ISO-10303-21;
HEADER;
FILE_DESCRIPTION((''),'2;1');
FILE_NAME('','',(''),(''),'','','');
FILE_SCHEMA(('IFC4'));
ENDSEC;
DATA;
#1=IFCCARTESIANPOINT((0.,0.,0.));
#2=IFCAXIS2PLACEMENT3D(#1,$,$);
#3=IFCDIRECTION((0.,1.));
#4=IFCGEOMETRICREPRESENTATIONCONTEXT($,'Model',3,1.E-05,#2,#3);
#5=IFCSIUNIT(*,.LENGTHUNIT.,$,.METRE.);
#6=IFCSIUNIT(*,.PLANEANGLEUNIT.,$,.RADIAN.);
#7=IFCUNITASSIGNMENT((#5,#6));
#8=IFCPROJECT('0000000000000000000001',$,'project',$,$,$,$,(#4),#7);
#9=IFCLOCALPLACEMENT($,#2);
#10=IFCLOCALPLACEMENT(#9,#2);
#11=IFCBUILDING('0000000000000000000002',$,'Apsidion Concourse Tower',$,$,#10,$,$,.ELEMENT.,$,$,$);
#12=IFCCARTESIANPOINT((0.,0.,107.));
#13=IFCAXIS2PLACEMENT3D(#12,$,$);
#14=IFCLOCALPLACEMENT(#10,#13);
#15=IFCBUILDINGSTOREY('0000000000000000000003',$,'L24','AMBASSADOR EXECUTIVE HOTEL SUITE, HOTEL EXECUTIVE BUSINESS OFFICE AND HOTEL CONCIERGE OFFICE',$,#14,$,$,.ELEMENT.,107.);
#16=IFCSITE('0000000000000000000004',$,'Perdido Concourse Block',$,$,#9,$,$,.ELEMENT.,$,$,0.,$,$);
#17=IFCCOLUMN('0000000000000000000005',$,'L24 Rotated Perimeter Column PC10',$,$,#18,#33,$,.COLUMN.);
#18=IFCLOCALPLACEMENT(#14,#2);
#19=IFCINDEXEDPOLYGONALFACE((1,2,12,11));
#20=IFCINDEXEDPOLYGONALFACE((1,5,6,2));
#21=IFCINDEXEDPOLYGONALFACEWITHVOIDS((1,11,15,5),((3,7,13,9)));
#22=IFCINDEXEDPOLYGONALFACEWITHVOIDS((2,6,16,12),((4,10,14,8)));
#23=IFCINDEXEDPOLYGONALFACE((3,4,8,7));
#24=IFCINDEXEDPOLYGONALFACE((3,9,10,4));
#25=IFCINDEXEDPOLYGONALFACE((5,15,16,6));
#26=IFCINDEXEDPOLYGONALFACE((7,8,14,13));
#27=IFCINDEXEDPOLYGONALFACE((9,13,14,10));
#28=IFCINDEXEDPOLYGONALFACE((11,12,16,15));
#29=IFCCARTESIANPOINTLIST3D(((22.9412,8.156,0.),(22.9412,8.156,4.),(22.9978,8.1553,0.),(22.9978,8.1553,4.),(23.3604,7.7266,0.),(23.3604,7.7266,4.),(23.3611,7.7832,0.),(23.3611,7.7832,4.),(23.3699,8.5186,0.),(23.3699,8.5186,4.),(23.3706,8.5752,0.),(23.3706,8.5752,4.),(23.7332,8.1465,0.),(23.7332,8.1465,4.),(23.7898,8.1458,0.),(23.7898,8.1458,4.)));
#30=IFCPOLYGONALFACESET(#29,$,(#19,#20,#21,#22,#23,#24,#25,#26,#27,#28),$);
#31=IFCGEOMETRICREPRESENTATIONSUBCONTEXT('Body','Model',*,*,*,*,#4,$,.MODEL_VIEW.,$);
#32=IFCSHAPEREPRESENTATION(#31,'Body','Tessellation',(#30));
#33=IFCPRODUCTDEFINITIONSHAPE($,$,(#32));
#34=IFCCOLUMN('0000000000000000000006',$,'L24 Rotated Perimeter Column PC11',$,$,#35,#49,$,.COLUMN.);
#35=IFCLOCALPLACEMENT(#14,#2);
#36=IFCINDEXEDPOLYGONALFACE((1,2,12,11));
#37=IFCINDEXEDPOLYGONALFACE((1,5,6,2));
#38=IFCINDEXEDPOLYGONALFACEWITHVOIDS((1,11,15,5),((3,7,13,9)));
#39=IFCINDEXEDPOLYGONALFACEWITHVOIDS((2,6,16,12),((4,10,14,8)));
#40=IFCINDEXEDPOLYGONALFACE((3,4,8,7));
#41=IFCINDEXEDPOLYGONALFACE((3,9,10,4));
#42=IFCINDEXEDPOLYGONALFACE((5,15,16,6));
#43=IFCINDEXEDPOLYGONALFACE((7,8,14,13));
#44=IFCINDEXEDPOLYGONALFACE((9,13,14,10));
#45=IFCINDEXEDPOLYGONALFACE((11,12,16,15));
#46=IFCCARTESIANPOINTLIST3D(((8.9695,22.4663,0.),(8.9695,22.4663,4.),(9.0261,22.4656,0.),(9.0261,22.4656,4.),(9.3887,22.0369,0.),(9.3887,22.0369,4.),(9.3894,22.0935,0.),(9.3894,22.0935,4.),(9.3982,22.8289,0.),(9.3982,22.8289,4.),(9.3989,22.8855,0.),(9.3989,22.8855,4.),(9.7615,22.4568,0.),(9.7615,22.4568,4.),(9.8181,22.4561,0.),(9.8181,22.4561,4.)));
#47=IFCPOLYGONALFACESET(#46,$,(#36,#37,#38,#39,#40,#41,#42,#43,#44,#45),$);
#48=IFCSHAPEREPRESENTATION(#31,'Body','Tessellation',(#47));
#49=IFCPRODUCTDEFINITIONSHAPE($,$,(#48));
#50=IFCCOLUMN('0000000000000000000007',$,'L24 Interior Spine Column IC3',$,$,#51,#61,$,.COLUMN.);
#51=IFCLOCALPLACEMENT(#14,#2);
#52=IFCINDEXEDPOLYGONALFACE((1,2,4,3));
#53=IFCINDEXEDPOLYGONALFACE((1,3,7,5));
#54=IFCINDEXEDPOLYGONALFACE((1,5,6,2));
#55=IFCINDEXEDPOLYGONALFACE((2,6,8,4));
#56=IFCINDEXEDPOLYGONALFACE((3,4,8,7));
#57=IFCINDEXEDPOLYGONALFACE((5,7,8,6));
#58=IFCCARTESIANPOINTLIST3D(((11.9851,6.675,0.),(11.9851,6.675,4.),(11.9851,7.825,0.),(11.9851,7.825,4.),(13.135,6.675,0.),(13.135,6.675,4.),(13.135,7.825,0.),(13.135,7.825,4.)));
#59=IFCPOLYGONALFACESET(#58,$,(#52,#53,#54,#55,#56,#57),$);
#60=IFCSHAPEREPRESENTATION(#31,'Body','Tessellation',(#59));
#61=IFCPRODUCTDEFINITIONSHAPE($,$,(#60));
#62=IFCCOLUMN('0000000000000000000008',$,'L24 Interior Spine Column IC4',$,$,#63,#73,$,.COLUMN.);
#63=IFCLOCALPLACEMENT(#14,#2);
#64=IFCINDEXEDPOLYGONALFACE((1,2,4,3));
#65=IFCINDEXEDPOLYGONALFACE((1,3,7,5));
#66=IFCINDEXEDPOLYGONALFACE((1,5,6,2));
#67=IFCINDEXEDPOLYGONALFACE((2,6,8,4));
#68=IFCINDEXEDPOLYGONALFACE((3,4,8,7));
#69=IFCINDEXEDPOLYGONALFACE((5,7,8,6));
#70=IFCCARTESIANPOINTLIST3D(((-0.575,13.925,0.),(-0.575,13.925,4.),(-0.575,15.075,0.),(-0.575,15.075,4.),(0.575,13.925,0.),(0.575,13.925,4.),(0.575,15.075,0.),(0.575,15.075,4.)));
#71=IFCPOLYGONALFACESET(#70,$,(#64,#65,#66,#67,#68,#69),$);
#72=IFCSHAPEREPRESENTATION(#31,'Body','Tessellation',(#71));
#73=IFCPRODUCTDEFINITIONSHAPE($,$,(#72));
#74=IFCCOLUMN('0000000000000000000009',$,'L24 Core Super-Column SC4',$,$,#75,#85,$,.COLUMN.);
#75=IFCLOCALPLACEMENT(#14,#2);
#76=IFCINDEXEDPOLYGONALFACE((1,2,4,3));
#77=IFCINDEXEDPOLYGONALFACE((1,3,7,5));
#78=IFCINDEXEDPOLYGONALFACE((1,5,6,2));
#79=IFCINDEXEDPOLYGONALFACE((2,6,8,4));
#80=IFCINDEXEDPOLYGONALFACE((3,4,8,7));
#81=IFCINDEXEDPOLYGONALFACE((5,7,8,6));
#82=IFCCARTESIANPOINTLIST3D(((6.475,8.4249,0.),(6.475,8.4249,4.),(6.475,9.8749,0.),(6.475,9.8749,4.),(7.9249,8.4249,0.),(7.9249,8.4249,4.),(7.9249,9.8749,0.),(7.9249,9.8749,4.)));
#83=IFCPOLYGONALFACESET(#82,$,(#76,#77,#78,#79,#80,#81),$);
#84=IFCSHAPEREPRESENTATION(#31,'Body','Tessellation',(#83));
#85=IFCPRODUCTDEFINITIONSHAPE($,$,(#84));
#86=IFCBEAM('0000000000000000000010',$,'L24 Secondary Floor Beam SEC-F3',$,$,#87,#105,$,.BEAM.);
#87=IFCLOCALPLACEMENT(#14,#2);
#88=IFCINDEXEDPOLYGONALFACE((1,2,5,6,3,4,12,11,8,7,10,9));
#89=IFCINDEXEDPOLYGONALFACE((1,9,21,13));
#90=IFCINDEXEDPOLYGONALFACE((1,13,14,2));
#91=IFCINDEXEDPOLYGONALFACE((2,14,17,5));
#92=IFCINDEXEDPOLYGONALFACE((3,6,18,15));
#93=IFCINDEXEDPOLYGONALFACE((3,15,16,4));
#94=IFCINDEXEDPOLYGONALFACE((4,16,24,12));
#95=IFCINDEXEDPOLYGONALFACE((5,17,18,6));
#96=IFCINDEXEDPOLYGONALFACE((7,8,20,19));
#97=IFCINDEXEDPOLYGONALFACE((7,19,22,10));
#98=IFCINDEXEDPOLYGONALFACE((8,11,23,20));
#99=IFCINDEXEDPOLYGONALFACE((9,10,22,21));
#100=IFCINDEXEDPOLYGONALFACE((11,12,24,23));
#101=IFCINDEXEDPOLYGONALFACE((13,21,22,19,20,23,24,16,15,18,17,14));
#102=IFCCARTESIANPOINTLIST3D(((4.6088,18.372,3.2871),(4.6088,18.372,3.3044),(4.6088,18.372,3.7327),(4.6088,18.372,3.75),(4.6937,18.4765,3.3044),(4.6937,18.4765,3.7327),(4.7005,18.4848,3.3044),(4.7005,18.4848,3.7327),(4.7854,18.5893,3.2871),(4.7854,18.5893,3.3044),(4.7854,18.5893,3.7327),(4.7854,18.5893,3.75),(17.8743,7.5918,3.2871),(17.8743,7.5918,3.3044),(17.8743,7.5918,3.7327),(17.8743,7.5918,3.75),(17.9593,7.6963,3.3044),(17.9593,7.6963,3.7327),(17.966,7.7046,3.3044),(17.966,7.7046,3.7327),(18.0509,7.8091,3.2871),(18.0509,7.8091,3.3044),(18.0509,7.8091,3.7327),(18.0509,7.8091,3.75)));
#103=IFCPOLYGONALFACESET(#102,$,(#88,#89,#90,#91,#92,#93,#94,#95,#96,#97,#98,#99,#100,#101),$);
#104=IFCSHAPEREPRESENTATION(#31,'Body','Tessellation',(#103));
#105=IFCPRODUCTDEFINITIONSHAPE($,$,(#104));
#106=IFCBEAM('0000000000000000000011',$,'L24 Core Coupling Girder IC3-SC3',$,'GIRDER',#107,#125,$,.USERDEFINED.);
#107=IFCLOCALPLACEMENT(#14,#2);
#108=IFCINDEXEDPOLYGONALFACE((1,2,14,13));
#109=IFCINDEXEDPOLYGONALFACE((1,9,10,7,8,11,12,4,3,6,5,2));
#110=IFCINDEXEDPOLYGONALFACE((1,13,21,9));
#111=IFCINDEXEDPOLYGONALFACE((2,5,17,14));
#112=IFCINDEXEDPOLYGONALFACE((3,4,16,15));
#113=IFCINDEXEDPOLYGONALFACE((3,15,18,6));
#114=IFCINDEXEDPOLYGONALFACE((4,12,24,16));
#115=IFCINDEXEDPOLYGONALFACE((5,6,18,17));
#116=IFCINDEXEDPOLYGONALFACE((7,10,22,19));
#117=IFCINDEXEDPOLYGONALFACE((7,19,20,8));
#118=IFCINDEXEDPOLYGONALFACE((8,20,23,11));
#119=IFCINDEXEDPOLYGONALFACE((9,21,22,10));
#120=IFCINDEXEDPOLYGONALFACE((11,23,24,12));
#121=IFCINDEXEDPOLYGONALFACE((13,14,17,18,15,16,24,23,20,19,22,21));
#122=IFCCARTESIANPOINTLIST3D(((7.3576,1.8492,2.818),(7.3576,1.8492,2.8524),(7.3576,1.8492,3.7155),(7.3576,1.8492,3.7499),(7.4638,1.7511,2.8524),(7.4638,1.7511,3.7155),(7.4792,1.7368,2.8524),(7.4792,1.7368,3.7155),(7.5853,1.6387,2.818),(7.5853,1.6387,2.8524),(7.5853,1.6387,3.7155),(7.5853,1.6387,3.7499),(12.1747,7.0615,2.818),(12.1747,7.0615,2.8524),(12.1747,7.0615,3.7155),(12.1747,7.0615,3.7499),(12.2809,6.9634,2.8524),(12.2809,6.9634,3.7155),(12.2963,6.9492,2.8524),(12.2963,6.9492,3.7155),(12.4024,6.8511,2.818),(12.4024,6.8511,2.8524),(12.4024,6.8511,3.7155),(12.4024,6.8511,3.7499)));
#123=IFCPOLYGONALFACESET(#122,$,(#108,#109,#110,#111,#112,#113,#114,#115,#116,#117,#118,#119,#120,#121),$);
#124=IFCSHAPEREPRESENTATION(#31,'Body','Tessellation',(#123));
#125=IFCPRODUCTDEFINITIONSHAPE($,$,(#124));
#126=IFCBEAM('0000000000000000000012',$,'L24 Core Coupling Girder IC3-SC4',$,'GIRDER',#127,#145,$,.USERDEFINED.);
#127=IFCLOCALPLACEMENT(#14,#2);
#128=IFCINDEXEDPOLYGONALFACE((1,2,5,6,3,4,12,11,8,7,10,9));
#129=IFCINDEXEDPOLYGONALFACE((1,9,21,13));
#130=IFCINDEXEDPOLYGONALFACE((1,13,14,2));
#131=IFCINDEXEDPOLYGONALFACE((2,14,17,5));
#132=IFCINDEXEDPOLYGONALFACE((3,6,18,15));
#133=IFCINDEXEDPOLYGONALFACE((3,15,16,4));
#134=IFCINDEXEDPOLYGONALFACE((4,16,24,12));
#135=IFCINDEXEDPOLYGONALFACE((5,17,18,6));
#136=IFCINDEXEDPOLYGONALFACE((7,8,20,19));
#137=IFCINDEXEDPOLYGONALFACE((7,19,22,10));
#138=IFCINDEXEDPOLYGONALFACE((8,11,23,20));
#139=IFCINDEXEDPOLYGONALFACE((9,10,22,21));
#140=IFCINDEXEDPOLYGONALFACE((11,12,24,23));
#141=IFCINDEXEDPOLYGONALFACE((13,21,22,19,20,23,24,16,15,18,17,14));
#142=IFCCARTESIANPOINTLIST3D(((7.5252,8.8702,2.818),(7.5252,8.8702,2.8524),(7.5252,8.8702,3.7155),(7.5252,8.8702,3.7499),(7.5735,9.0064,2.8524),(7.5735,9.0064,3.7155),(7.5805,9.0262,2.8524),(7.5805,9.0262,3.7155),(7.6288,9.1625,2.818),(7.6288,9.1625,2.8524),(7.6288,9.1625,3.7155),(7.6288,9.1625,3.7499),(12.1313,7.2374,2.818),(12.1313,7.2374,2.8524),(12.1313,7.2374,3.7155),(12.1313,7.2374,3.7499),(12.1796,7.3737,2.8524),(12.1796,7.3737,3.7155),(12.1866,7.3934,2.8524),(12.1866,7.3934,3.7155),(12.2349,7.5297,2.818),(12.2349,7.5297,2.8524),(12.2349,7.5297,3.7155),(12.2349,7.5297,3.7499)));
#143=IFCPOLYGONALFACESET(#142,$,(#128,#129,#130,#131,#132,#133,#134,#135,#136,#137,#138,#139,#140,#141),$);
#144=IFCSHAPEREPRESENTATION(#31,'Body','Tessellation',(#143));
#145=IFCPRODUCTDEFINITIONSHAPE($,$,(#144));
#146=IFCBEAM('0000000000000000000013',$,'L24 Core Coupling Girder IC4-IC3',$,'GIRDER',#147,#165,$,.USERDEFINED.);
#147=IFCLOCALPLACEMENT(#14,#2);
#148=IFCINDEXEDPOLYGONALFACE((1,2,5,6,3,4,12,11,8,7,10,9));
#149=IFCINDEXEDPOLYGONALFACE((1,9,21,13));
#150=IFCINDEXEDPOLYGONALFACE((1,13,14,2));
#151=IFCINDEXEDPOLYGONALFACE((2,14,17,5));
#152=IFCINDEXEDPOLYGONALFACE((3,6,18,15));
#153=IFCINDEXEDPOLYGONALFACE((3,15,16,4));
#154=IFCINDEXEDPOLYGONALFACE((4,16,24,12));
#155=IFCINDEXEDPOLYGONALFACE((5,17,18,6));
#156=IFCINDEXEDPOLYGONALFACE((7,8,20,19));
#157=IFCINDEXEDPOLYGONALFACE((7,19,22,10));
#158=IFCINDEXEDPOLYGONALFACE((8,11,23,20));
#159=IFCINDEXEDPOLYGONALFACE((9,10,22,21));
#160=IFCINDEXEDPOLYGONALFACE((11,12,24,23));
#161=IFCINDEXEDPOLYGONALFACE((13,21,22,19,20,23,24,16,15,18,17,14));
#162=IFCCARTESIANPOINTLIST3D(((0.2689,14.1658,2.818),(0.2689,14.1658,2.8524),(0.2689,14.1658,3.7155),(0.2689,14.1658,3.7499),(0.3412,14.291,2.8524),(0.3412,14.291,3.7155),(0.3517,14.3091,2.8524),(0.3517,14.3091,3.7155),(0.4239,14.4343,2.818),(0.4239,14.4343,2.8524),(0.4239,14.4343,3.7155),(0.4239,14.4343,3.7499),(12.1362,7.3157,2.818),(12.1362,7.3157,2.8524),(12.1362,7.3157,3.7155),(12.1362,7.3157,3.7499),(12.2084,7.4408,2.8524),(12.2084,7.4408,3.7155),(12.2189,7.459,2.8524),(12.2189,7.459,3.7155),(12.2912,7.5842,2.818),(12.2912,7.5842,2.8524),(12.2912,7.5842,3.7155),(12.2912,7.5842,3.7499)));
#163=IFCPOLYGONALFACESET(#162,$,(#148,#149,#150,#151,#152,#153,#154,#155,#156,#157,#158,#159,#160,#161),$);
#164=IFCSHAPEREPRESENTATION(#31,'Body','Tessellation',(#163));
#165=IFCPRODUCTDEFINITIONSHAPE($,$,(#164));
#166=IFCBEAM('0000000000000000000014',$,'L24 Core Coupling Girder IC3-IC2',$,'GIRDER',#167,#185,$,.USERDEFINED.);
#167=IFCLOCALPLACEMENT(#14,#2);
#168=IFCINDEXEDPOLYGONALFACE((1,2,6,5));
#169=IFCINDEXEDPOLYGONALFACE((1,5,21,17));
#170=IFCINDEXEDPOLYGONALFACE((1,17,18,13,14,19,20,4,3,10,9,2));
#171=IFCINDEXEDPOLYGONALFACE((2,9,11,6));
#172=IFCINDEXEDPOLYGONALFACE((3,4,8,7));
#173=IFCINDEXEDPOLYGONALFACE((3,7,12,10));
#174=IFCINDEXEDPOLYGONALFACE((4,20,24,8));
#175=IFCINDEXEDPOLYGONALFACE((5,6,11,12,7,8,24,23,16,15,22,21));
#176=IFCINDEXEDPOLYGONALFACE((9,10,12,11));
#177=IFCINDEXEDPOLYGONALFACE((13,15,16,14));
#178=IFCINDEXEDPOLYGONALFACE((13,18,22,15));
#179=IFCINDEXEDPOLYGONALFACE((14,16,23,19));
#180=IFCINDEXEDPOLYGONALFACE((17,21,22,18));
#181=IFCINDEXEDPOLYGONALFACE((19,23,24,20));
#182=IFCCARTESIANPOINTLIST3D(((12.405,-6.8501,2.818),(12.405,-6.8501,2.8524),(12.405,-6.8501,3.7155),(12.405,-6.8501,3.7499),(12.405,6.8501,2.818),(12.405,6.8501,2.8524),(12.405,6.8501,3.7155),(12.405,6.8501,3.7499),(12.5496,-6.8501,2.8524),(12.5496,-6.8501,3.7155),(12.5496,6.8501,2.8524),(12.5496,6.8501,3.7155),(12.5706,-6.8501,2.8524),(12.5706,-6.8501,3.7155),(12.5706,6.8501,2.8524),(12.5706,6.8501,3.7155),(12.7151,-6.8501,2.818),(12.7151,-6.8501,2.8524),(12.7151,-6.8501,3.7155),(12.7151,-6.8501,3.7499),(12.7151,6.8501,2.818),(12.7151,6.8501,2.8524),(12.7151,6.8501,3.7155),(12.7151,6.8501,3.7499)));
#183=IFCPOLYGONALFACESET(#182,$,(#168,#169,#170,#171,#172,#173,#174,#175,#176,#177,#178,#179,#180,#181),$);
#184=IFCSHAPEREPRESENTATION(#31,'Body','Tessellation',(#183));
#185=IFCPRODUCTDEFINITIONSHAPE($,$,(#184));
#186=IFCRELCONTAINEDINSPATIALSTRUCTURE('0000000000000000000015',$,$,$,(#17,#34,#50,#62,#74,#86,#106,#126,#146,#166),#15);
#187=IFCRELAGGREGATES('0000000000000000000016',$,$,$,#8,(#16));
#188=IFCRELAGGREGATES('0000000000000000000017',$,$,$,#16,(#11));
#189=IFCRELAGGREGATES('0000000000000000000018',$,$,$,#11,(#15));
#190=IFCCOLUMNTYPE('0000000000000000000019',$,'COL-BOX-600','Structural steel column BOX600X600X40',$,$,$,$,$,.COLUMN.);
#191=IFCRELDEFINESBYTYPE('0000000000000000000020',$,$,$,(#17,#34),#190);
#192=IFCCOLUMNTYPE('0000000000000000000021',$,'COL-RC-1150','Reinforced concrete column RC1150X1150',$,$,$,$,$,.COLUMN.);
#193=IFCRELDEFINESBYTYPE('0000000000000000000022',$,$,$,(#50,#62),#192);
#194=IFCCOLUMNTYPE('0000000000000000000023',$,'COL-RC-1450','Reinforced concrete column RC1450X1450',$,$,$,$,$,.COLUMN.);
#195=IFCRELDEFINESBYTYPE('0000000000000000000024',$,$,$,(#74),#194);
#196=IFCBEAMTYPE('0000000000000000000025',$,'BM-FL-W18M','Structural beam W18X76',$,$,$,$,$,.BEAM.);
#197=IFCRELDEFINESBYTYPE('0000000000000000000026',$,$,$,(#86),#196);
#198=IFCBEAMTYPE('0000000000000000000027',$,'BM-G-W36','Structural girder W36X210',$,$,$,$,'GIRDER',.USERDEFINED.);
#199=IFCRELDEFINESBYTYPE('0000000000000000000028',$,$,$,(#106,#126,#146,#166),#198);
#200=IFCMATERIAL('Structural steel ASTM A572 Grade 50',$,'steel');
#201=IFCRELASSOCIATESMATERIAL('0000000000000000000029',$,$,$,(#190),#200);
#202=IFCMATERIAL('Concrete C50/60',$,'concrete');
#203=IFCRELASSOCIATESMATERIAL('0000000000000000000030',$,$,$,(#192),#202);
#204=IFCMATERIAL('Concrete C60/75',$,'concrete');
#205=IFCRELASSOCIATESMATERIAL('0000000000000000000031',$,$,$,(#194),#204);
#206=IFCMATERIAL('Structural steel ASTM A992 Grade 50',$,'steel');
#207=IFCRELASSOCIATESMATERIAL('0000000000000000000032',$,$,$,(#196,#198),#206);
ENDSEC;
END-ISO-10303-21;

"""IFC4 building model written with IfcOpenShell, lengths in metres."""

from ifc_helpers import new_model, si_unit, direction, frame, origin, origin_2d, place, context, subcontext, project, spatial, rectangle, hollow_rectangle, i_section, extrude, material, material_profile, profile_set, type_object, element, save


model = new_model("IFC4")

# Units and contexts
model_context = context("Model", 3, precision=1e-05, world=origin(), true_north=direction((0.0, 1.0)))
body_context = subcontext(model_context, "Body", "Model", "MODEL_VIEW")
ifc_project = project(units=[si_unit("LENGTHUNIT", "METRE"), si_unit("PLANEANGLEUNIT", "RADIAN")], contexts=[model_context])

# Site, building, storey
site_placement = place(None, origin())
site = spatial("IfcSite", under=ifc_project, at=site_placement, Name="Perdido Concourse Block", CompositionType="ELEMENT", RefElevation=0.0)
building_placement = place(site_placement, origin())
building = spatial("IfcBuilding", under=site, at=building_placement, Name="Apsidion Concourse Tower", CompositionType="ELEMENT")
storey_placement = place(building_placement, frame((0.0, 0.0, 107.0)))
storey = spatial("IfcBuildingStorey", under=building, at=storey_placement, Name="L24", Description="AMBASSADOR EXECUTIVE HOTEL SUITE, HOTEL EXECUTIVE BUSINESS OFFICE AND HOTEL CONCIERGE OFFICE", CompositionType="ELEMENT", Elevation=107.0)

# Columns
ifc_material_1 = material(Name="Structural steel ASTM A572 Grade 50", Category="steel")
ifc_material_profile_1 = material_profile(ifc_material_1, hollow_rectangle(XDim=0.6001, YDim=0.6001, WallThickness=0.04, at=origin_2d()), Name="BOX600X600X40")
ifc_profile_set_1 = profile_set([ifc_material_profile_1], Name="Structural steel ASTM A572 Grade 50")
column_type_1 = type_object("IfcColumnType", Name="COL-BOX-600", Description="Structural steel column BOX600X600X40", PredefinedType="COLUMN", material=ifc_profile_set_1)
for number, where, z_axis, x_axis, name in (
    (1, (23.3655, 8.1509, 0.0), (0.0, 0.0, 1.0), (-0.69854, 0.715571, 0.0), "L24 Rotated Perimeter Column PC10"),
    (2, (9.3938, 22.4612, 0.0), (0.0, 0.0, 1.0), (-0.69854, 0.715571, 0.0), "L24 Rotated Perimeter Column PC11"),
):
    element("IfcColumn", number, at=place(storey_placement, frame(where, z_axis=z_axis, x_axis=x_axis)), inside=storey, type_object=column_type_1, Name=name, PredefinedType="COLUMN", context=body_context, shape_type="SweptSolid", body=[
        extrude(hollow_rectangle(XDim=0.6001, YDim=0.6001, WallThickness=0.04, at=origin_2d()), origin(), (0.0, 0.0, 1.0), 4.0),
    ])
ifc_material_2 = material(Name="Concrete C50/60", Category="concrete")
ifc_material_profile_2 = material_profile(ifc_material_2, rectangle(XDim=1.1499, YDim=1.1499, at=origin_2d()), Name="RC 1150x1150")
ifc_profile_set_2 = profile_set([ifc_material_profile_2], Name="Concrete C50/60")
column_type_2 = type_object("IfcColumnType", Name="COL-RC-1150", Description="Reinforced concrete column RC1150X1150", PredefinedType="COLUMN", material=ifc_profile_set_2)
for number, where, z_axis, x_axis, name in (
    (3, (12.5601, 7.25, 0.0), (0.0, 0.0, 1.0), (1.0, 0.0, 0.0), "L24 Interior Spine Column IC3"),
    (4, (0.0, 14.5, 0.0), (0.0, 0.0, 1.0), (1.0, 0.0, 0.0), "L24 Interior Spine Column IC4"),
):
    element("IfcColumn", number, at=place(storey_placement, frame(where, z_axis=z_axis, x_axis=x_axis)), inside=storey, type_object=column_type_2, Name=name, PredefinedType="COLUMN", context=body_context, shape_type="SweptSolid", body=[
        extrude(rectangle(XDim=1.1499, YDim=1.1499, at=origin_2d()), origin(), (0.0, 0.0, 1.0), 4.0),
    ])
ifc_material_3 = material(Name="Concrete C60/75", Category="concrete")
ifc_material_profile_3 = material_profile(ifc_material_3, rectangle(XDim=1.45, YDim=1.45, at=origin_2d()), Name="RC 1450x1450")
ifc_profile_set_3 = profile_set([ifc_material_profile_3], Name="Concrete C60/75")
column_type_3 = type_object("IfcColumnType", Name="COL-RC-1450", Description="Reinforced concrete column RC1450X1450", PredefinedType="COLUMN", material=ifc_profile_set_3)
column_placement = place(storey_placement, frame((7.2, 9.1499, 0.0), z_axis=(0.0, 0.0, 1.0), x_axis=(1.0, 0.0, 0.0)))
element("IfcColumn", 5, at=column_placement, inside=storey, type_object=column_type_3, Name="L24 Core Super-Column SC4", PredefinedType="COLUMN", context=body_context, shape_type="SweptSolid", body=[
    extrude(rectangle(XDim=1.45, YDim=1.45, at=origin_2d()), origin(), (0.0, 0.0, 1.0), 4.0),
])

# Beams
ifc_material_4 = material(Name="Structural steel ASTM A992 Grade 50", Category="steel")
ifc_material_profile_4 = material_profile(ifc_material_4, i_section(OverallWidth=0.28, OverallDepth=0.4629, WebThickness=0.0107, FlangeThickness=0.0173, at=origin_2d()), Name="W18X76")
ifc_profile_set_4 = profile_set([ifc_material_profile_4], Name="Structural steel ASTM A992 Grade 50")
beam_type_1 = type_object("IfcBeamType", Name="BM-FL-W18M", Description="Structural beam W18X76", PredefinedType="BEAM", material=ifc_profile_set_4)
beam_1_placement = place(storey_placement, frame((17.9626, 7.7004, 3.5186), z_axis=(-0.776058, 0.630661, 0.0), x_axis=(-0.630661, -0.776058, 0.0)))
element("IfcBeam", 6, at=beam_1_placement, inside=storey, type_object=beam_type_1, Name="L24 Secondary Floor Beam SEC-F3", PredefinedType="BEAM", context=body_context, shape_type="SweptSolid", body=[
    extrude(i_section(OverallWidth=0.28, OverallDepth=0.4629, WebThickness=0.0107, FlangeThickness=0.0173, at=origin_2d()), origin(), (0.0, 0.0, 1.0), 17.0935),
])
ifc_material_profile_5 = material_profile(ifc_material_4, i_section(OverallWidth=0.3101, OverallDepth=0.9319, WebThickness=0.021, FlangeThickness=0.0344, at=origin_2d()), Name="W36X210")
ifc_profile_set_5 = profile_set([ifc_material_profile_5], Name="Structural steel ASTM A992 Grade 50")
beam_type_2 = type_object("IfcBeamType", Name="BM-G-W36", Description="Structural girder W36X210", ElementType="GIRDER", PredefinedType="USERDEFINED", material=ifc_profile_set_5)
beam_2_placement = place(storey_placement, frame((12.2886, 6.9563, 3.2839), z_axis=(-0.678713, -0.734404, 0.0), x_axis=(0.734404, -0.678713, 0.0)))
element("IfcBeam", 7, at=beam_2_placement, inside=storey, type_object=beam_type_2, Name="L24 Core Coupling Girder IC3-SC3", ObjectType="GIRDER", PredefinedType="USERDEFINED", context=body_context, shape_type="SweptSolid", body=[
    extrude(i_section(OverallWidth=0.3101, OverallDepth=0.9319, WebThickness=0.021, FlangeThickness=0.0344, at=origin_2d()), origin(), (0.0, 0.0, 1.0), 7.0974),
])
beam_3_placement = place(storey_placement, frame((12.1831, 7.3835, 3.2839), z_axis=(-0.942534, 0.334111, 0.0), x_axis=(-0.334111, -0.942534, 0.0)))
element("IfcBeam", 8, at=beam_3_placement, inside=storey, type_object=beam_type_2, Name="L24 Core Coupling Girder IC3-SC4", ObjectType="GIRDER", PredefinedType="USERDEFINED", context=body_context, shape_type="SweptSolid", body=[
    extrude(i_section(OverallWidth=0.3101, OverallDepth=0.9319, WebThickness=0.021, FlangeThickness=0.0344, at=origin_2d()), origin(), (0.0, 0.0, 1.0), 4.887),
])
beam_4_placement = place(storey_placement, frame((0.3464, 14.3, 3.2839), z_axis=(0.86607, -0.499922, 0.0), x_axis=(0.499922, 0.86607, 0.0)))
element("IfcBeam", 9, at=beam_4_placement, inside=storey, type_object=beam_type_2, Name="L24 Core Coupling Girder IC4-IC3", ObjectType="GIRDER", PredefinedType="USERDEFINED", context=body_context, shape_type="SweptSolid", body=[
    extrude(i_section(OverallWidth=0.3101, OverallDepth=0.9319, WebThickness=0.021, FlangeThickness=0.0344, at=origin_2d()), origin(), (0.0, 0.0, 1.0), 13.7024),
])
beam_5_placement = place(storey_placement, frame((12.5601, 6.8501, 3.2839), z_axis=(0.0, -1.0, 0.0), x_axis=(1.0, 0.0, 0.0)))
element("IfcBeam", 10, at=beam_5_placement, inside=storey, type_object=beam_type_2, Name="L24 Core Coupling Girder IC3-IC2", ObjectType="GIRDER", PredefinedType="USERDEFINED", context=body_context, shape_type="SweptSolid", body=[
    extrude(i_section(OverallWidth=0.3101, OverallDepth=0.9319, WebThickness=0.021, FlangeThickness=0.0344, at=origin_2d()), origin(), (0.0, 0.0, 1.0), 13.7002),
])

save(model, "model.ifc")
